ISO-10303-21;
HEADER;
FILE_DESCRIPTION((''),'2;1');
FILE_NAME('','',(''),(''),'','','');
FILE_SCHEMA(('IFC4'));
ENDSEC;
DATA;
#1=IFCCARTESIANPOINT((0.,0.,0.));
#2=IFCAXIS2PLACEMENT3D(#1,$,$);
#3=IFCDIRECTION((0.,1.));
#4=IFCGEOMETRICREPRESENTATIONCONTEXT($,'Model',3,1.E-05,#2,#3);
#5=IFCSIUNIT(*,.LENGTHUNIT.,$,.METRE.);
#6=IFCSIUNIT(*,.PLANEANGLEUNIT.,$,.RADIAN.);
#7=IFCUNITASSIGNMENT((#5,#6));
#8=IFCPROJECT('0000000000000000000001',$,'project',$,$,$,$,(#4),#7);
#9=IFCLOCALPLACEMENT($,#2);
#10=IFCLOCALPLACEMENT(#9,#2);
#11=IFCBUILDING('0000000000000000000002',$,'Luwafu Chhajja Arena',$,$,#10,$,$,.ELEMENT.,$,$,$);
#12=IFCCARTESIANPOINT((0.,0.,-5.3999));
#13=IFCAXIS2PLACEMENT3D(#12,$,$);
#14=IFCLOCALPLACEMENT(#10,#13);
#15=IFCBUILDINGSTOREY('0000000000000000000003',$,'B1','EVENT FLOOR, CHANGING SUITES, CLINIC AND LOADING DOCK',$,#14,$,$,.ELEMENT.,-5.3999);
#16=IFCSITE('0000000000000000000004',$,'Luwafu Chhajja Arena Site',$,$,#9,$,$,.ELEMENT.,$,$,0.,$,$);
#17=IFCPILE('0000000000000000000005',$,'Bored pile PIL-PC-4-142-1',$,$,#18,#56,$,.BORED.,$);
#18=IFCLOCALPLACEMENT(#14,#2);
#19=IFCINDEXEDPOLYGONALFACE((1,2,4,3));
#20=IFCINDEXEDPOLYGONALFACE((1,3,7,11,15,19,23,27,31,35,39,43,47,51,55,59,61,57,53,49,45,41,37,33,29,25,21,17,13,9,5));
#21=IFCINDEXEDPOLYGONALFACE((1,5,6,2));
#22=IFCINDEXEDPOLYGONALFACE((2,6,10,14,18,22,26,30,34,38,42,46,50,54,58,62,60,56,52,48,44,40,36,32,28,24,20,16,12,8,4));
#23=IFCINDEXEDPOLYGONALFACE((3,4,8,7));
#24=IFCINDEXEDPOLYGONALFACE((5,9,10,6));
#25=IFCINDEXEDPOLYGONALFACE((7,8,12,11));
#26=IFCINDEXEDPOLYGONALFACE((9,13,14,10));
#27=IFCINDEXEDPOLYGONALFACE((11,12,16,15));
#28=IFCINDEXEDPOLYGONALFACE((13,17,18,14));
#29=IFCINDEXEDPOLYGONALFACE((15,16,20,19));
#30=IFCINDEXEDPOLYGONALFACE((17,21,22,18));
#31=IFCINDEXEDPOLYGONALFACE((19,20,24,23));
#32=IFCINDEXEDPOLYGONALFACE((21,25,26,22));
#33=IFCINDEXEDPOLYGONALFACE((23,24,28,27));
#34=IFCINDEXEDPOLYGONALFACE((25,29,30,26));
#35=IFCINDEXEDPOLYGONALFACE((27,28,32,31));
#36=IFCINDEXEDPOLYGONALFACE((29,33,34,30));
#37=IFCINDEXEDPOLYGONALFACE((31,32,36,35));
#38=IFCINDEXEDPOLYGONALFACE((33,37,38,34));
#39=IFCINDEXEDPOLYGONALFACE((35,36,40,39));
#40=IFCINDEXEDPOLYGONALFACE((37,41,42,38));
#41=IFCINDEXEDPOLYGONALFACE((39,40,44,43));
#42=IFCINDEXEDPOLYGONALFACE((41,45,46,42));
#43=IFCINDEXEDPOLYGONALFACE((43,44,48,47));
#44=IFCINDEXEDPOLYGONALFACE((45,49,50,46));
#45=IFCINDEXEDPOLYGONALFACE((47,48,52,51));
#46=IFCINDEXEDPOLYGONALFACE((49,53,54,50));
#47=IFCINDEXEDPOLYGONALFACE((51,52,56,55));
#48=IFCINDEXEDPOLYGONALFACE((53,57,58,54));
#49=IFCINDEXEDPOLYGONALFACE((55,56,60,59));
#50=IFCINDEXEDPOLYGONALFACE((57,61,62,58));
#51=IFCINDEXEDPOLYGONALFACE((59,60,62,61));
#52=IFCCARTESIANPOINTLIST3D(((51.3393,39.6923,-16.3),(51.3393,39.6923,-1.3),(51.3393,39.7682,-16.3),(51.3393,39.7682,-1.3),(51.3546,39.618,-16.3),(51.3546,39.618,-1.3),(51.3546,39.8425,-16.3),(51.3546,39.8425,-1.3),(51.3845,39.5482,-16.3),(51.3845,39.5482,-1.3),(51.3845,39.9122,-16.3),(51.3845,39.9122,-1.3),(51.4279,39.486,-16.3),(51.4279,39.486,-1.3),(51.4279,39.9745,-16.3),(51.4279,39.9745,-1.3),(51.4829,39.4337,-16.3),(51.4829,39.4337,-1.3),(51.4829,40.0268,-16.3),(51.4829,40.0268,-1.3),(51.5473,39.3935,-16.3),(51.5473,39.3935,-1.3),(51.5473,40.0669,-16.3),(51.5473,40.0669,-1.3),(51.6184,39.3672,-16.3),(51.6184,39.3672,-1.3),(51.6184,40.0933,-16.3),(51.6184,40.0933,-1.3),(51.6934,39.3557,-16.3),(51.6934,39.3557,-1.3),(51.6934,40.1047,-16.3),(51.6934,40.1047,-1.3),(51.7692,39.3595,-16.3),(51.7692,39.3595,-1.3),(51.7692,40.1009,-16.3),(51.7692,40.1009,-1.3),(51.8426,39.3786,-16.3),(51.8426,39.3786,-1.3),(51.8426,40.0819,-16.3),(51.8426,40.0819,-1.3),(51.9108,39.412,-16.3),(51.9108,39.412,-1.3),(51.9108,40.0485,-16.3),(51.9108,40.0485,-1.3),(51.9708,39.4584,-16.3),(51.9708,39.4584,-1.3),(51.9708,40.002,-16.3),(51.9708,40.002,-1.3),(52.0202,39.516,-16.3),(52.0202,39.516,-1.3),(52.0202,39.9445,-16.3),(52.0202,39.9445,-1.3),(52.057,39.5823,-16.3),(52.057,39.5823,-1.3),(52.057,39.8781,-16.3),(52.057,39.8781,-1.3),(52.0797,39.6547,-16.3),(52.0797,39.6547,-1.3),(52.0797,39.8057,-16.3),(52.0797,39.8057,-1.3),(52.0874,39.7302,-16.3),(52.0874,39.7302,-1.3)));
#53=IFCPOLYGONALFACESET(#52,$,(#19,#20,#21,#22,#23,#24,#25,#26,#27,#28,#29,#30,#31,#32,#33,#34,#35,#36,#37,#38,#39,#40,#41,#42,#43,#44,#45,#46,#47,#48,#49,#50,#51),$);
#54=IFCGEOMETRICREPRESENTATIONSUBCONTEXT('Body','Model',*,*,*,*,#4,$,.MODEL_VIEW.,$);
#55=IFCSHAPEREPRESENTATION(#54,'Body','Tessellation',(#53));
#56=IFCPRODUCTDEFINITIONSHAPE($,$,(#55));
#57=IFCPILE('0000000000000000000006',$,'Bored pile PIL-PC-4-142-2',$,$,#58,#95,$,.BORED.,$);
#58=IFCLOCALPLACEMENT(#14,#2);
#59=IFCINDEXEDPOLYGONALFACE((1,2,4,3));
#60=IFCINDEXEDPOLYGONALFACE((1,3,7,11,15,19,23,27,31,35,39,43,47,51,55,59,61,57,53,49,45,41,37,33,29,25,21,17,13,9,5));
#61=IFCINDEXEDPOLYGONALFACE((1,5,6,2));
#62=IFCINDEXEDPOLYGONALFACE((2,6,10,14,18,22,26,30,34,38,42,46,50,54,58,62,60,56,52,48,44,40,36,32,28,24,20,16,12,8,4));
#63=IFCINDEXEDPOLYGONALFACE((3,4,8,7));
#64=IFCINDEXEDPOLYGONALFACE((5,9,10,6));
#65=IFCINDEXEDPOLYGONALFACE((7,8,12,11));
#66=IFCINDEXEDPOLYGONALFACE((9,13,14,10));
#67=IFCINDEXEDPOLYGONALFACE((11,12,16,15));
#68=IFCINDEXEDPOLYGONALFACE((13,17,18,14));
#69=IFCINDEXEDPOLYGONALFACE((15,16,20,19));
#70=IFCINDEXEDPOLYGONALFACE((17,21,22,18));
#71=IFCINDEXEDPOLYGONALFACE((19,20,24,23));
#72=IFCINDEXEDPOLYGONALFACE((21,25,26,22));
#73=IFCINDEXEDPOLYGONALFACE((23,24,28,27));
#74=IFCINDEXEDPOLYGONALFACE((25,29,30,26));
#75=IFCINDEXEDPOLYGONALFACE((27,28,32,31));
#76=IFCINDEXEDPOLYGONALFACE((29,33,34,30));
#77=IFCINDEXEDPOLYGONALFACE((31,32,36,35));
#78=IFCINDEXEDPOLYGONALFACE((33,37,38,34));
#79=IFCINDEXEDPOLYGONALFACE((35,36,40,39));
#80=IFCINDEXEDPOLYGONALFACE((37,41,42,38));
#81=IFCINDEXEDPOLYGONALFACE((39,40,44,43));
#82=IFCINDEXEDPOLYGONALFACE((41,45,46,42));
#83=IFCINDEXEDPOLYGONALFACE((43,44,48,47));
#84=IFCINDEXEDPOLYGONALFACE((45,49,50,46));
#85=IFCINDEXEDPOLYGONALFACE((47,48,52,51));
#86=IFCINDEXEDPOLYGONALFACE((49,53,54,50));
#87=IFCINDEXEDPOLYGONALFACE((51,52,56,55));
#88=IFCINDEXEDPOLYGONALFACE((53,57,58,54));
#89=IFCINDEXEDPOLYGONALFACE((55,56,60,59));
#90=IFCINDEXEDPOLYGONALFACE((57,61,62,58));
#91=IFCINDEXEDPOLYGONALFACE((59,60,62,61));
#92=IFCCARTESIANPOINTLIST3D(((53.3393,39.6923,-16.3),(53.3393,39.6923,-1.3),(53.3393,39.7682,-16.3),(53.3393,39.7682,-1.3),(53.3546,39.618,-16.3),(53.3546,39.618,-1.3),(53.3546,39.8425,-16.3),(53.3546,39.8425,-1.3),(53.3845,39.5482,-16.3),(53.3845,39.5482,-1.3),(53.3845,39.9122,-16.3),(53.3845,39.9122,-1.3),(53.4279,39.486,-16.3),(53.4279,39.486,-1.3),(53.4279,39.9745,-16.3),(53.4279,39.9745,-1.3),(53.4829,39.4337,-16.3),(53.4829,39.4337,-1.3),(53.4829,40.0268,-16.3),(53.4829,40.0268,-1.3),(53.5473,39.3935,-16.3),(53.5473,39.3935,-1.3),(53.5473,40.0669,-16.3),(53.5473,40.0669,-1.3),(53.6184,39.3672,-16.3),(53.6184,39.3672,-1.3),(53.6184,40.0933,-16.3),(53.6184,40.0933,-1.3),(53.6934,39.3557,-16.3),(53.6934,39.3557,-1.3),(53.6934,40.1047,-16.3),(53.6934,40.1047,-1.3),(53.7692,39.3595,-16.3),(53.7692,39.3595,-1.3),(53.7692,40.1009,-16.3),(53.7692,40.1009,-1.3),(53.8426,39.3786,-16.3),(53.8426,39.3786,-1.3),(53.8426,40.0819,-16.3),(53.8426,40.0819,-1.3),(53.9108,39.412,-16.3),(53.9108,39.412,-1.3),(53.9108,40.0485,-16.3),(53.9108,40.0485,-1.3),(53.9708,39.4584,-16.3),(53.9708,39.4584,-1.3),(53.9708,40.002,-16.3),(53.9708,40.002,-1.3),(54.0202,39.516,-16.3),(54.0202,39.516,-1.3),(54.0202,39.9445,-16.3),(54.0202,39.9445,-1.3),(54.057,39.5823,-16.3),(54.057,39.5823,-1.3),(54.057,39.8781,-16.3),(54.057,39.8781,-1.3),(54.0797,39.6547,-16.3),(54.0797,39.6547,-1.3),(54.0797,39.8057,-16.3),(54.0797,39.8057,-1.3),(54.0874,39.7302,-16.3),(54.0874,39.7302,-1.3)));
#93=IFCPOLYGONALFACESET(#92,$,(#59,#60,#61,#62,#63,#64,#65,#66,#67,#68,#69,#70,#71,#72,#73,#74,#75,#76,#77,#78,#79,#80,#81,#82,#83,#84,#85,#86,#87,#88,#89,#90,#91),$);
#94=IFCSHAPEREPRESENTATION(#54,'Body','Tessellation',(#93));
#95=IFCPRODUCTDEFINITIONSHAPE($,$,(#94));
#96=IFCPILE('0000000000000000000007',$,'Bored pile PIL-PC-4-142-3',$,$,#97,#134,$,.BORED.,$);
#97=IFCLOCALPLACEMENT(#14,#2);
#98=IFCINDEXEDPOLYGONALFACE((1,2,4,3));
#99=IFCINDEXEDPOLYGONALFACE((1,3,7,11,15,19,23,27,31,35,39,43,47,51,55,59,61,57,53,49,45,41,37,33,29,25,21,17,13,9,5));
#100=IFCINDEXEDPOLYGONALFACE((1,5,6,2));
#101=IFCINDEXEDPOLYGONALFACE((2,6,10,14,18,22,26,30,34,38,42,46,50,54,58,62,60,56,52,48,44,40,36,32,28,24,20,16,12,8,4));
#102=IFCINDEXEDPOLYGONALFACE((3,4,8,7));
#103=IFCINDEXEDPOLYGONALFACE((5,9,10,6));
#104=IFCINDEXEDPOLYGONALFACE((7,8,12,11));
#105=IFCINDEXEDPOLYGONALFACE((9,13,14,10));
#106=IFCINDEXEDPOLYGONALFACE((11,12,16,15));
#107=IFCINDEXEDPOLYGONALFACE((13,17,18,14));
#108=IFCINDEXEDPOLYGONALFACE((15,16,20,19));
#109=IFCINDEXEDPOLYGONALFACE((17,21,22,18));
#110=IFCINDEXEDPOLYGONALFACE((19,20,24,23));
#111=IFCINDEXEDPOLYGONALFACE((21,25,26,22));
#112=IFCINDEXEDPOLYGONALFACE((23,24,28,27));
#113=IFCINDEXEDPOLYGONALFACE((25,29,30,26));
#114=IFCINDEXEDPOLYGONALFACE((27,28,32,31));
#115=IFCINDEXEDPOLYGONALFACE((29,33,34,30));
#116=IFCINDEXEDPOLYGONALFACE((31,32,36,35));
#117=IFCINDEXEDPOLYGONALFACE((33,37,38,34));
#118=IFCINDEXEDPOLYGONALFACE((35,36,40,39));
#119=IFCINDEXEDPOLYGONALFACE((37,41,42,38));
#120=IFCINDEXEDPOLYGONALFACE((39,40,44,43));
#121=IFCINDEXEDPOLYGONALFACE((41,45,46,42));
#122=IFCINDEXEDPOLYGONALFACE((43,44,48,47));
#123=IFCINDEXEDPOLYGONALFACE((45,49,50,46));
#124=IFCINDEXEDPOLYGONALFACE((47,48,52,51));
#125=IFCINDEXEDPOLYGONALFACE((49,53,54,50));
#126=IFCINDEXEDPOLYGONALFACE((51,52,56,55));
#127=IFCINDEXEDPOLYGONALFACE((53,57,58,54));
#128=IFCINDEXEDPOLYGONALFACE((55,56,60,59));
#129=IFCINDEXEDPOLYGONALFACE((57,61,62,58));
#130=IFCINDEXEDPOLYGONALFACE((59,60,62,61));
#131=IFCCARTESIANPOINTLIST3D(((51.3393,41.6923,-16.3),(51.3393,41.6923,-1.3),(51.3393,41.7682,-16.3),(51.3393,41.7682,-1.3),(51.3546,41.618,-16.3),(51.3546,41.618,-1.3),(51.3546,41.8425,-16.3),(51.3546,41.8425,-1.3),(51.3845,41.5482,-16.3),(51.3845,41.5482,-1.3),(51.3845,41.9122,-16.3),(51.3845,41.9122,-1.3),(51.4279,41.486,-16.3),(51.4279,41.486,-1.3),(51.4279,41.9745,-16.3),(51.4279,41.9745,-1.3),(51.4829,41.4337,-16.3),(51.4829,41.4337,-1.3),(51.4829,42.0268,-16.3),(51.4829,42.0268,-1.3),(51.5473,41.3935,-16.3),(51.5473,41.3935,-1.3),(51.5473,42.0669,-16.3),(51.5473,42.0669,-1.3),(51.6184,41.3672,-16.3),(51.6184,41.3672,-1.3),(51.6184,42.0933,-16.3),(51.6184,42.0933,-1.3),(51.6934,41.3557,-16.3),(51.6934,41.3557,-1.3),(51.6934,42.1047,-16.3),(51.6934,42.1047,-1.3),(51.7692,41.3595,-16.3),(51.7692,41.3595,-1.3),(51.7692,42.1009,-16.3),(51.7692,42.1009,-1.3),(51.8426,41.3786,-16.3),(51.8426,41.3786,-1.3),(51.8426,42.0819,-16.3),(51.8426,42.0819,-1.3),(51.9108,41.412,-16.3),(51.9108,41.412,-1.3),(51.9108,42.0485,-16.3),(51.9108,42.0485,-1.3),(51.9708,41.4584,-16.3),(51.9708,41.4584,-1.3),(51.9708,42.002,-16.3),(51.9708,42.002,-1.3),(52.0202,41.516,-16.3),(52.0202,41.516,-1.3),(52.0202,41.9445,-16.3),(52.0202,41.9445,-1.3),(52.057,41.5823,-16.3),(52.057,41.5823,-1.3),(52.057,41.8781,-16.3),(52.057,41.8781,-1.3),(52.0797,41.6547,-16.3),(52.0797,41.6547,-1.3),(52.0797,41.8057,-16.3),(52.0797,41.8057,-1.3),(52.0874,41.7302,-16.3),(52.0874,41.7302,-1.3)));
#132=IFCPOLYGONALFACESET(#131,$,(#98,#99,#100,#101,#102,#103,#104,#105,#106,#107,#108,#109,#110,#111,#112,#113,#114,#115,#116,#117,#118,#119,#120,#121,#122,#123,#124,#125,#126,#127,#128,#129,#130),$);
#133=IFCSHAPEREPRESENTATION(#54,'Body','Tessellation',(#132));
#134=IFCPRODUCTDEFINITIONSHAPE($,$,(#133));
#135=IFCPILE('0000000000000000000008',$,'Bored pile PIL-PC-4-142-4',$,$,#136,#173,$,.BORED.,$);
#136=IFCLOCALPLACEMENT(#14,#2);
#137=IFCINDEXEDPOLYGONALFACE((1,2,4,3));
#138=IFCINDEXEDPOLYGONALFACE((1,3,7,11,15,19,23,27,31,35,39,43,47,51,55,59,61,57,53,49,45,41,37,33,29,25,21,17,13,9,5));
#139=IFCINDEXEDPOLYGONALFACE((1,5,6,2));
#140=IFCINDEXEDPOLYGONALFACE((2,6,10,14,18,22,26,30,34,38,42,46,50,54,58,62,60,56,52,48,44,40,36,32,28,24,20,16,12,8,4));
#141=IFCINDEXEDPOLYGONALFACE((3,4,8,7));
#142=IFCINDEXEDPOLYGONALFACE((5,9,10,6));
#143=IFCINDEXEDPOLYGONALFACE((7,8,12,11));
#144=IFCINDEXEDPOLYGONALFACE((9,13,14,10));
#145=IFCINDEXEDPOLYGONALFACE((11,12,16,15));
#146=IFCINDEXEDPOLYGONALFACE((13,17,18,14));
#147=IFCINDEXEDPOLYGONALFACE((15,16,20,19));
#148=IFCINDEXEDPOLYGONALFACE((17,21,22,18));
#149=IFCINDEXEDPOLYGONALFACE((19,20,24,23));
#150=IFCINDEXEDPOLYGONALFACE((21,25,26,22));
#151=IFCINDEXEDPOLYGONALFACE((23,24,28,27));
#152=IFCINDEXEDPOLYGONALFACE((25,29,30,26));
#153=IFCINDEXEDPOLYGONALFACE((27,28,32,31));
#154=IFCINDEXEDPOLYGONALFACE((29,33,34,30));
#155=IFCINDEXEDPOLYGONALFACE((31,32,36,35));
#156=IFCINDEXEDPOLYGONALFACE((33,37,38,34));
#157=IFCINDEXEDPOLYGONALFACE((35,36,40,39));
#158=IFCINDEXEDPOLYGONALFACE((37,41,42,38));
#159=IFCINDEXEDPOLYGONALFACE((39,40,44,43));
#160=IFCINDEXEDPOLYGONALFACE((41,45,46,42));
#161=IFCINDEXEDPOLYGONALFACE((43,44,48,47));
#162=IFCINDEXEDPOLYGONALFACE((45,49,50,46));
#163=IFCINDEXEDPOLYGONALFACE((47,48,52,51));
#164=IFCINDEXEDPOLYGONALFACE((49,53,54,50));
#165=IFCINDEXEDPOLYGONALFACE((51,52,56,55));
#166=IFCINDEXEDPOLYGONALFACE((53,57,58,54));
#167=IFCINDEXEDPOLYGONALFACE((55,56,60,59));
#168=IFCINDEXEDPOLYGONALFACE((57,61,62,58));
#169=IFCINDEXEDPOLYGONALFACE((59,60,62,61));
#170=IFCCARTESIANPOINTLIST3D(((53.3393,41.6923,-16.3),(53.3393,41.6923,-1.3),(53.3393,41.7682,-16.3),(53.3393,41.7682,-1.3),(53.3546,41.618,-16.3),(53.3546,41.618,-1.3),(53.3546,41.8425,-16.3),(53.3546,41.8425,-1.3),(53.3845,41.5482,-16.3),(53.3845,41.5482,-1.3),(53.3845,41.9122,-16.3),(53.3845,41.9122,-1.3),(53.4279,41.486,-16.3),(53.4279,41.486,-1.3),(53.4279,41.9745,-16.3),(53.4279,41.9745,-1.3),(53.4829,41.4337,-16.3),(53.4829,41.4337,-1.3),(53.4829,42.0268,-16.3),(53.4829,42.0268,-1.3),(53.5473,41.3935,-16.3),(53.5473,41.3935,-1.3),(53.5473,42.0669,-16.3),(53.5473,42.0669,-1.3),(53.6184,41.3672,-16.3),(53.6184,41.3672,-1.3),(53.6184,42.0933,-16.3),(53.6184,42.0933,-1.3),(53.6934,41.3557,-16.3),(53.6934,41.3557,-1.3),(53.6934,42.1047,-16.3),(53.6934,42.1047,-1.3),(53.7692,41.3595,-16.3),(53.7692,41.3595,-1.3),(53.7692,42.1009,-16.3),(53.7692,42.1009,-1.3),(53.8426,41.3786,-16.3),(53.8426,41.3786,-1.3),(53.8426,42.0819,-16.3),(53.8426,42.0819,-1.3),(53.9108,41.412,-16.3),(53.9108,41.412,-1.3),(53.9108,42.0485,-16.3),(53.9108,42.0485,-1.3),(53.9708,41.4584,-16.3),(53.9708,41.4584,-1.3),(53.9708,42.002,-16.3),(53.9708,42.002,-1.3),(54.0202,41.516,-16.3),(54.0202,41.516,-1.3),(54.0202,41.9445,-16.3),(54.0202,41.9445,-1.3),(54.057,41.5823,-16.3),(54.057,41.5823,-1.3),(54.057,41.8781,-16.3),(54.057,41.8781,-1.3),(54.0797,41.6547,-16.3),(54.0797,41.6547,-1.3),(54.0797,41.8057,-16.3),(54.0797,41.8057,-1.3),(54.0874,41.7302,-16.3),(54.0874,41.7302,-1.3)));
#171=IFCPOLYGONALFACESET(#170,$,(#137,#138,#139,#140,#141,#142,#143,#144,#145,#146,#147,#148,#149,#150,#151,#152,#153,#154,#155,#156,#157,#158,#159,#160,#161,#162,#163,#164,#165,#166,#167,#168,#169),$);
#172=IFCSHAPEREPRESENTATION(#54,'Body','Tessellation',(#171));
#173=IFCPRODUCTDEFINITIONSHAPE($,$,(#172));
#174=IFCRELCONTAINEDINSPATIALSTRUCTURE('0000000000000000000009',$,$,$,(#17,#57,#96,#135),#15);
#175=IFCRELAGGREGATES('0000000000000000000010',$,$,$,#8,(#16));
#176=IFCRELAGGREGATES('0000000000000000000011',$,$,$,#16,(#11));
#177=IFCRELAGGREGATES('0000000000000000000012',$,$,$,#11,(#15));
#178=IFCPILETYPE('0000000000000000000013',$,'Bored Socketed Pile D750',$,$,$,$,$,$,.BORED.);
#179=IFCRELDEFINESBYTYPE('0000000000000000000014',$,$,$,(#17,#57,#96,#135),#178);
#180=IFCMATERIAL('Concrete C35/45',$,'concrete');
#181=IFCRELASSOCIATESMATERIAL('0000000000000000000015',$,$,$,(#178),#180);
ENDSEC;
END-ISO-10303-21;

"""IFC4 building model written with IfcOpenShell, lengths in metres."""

from ifc_helpers import new_model, si_unit, direction, frame, origin, origin_2d, place, context, subcontext, project, spatial, circle, extrude, material, material_profile, profile_set, type_object, element, save


model = new_model("IFC4")

# Units and contexts
model_context = context("Model", 3, precision=1e-05, world=origin(), true_north=direction((0.0, 1.0)))
body_context = subcontext(model_context, "Body", "Model", "MODEL_VIEW")
ifc_project = project(units=[si_unit("LENGTHUNIT", "METRE"), si_unit("PLANEANGLEUNIT", "RADIAN")], contexts=[model_context])

# Site, building, storey
site_placement = place(None, origin())
site = spatial("IfcSite", under=ifc_project, at=site_placement, Name="Luwafu Chhajja Arena Site", CompositionType="ELEMENT", RefElevation=0.0)
building_placement = place(site_placement, origin())
building = spatial("IfcBuilding", under=site, at=building_placement, Name="Luwafu Chhajja Arena", CompositionType="ELEMENT")
storey_placement = place(building_placement, frame((0.0, 0.0, -5.3999)))
storey = spatial("IfcBuildingStorey", under=building, at=storey_placement, Name="B1", Description="EVENT FLOOR, CHANGING SUITES, CLINIC AND LOADING DOCK", CompositionType="ELEMENT", Elevation=-5.3999)

# Shared definitions
ifc_material_1 = material(Name="Concrete C35/45", Category="concrete")

# Piles
ifc_material_profile_1 = material_profile(ifc_material_1, circle(Radius=0.375, at=origin_2d()), Name="PILE D750")
ifc_profile_set_1 = profile_set([ifc_material_profile_1], Name="Concrete C35/45")
pile_type_1 = type_object("IfcPileType", Name="Bored Socketed Pile D750", PredefinedType="BORED", material=ifc_profile_set_1)
for number, where, z_axis, x_axis, name in (
    (1, (51.7124, 39.7302, -1.3), (0.0, 0.0, -1.0), (1.0, 0.0, 0.0), "Bored pile PIL-PC-4-142-1"),
    (2, (53.7124, 39.7302, -1.3), (0.0, 0.0, -1.0), (1.0, 0.0, 0.0), "Bored pile PIL-PC-4-142-2"),
    (3, (51.7124, 41.7302, -1.3), (0.0, 0.0, -1.0), (1.0, 0.0, 0.0), "Bored pile PIL-PC-4-142-3"),
    (4, (53.7124, 41.7302, -1.3), (0.0, 0.0, -1.0), (1.0, 0.0, 0.0), "Bored pile PIL-PC-4-142-4"),
):
    element("IfcPile", number, at=place(storey_placement, frame(where, z_axis=z_axis, x_axis=x_axis)), inside=storey, type_object=pile_type_1, Name=name, PredefinedType="BORED", context=body_context, shape_type="SweptSolid", body=[
        extrude(circle(Radius=0.375, at=origin_2d()), origin(), (0.0, 0.0, 1.0), 15.0),
    ])

save(model, "model.ifc")
